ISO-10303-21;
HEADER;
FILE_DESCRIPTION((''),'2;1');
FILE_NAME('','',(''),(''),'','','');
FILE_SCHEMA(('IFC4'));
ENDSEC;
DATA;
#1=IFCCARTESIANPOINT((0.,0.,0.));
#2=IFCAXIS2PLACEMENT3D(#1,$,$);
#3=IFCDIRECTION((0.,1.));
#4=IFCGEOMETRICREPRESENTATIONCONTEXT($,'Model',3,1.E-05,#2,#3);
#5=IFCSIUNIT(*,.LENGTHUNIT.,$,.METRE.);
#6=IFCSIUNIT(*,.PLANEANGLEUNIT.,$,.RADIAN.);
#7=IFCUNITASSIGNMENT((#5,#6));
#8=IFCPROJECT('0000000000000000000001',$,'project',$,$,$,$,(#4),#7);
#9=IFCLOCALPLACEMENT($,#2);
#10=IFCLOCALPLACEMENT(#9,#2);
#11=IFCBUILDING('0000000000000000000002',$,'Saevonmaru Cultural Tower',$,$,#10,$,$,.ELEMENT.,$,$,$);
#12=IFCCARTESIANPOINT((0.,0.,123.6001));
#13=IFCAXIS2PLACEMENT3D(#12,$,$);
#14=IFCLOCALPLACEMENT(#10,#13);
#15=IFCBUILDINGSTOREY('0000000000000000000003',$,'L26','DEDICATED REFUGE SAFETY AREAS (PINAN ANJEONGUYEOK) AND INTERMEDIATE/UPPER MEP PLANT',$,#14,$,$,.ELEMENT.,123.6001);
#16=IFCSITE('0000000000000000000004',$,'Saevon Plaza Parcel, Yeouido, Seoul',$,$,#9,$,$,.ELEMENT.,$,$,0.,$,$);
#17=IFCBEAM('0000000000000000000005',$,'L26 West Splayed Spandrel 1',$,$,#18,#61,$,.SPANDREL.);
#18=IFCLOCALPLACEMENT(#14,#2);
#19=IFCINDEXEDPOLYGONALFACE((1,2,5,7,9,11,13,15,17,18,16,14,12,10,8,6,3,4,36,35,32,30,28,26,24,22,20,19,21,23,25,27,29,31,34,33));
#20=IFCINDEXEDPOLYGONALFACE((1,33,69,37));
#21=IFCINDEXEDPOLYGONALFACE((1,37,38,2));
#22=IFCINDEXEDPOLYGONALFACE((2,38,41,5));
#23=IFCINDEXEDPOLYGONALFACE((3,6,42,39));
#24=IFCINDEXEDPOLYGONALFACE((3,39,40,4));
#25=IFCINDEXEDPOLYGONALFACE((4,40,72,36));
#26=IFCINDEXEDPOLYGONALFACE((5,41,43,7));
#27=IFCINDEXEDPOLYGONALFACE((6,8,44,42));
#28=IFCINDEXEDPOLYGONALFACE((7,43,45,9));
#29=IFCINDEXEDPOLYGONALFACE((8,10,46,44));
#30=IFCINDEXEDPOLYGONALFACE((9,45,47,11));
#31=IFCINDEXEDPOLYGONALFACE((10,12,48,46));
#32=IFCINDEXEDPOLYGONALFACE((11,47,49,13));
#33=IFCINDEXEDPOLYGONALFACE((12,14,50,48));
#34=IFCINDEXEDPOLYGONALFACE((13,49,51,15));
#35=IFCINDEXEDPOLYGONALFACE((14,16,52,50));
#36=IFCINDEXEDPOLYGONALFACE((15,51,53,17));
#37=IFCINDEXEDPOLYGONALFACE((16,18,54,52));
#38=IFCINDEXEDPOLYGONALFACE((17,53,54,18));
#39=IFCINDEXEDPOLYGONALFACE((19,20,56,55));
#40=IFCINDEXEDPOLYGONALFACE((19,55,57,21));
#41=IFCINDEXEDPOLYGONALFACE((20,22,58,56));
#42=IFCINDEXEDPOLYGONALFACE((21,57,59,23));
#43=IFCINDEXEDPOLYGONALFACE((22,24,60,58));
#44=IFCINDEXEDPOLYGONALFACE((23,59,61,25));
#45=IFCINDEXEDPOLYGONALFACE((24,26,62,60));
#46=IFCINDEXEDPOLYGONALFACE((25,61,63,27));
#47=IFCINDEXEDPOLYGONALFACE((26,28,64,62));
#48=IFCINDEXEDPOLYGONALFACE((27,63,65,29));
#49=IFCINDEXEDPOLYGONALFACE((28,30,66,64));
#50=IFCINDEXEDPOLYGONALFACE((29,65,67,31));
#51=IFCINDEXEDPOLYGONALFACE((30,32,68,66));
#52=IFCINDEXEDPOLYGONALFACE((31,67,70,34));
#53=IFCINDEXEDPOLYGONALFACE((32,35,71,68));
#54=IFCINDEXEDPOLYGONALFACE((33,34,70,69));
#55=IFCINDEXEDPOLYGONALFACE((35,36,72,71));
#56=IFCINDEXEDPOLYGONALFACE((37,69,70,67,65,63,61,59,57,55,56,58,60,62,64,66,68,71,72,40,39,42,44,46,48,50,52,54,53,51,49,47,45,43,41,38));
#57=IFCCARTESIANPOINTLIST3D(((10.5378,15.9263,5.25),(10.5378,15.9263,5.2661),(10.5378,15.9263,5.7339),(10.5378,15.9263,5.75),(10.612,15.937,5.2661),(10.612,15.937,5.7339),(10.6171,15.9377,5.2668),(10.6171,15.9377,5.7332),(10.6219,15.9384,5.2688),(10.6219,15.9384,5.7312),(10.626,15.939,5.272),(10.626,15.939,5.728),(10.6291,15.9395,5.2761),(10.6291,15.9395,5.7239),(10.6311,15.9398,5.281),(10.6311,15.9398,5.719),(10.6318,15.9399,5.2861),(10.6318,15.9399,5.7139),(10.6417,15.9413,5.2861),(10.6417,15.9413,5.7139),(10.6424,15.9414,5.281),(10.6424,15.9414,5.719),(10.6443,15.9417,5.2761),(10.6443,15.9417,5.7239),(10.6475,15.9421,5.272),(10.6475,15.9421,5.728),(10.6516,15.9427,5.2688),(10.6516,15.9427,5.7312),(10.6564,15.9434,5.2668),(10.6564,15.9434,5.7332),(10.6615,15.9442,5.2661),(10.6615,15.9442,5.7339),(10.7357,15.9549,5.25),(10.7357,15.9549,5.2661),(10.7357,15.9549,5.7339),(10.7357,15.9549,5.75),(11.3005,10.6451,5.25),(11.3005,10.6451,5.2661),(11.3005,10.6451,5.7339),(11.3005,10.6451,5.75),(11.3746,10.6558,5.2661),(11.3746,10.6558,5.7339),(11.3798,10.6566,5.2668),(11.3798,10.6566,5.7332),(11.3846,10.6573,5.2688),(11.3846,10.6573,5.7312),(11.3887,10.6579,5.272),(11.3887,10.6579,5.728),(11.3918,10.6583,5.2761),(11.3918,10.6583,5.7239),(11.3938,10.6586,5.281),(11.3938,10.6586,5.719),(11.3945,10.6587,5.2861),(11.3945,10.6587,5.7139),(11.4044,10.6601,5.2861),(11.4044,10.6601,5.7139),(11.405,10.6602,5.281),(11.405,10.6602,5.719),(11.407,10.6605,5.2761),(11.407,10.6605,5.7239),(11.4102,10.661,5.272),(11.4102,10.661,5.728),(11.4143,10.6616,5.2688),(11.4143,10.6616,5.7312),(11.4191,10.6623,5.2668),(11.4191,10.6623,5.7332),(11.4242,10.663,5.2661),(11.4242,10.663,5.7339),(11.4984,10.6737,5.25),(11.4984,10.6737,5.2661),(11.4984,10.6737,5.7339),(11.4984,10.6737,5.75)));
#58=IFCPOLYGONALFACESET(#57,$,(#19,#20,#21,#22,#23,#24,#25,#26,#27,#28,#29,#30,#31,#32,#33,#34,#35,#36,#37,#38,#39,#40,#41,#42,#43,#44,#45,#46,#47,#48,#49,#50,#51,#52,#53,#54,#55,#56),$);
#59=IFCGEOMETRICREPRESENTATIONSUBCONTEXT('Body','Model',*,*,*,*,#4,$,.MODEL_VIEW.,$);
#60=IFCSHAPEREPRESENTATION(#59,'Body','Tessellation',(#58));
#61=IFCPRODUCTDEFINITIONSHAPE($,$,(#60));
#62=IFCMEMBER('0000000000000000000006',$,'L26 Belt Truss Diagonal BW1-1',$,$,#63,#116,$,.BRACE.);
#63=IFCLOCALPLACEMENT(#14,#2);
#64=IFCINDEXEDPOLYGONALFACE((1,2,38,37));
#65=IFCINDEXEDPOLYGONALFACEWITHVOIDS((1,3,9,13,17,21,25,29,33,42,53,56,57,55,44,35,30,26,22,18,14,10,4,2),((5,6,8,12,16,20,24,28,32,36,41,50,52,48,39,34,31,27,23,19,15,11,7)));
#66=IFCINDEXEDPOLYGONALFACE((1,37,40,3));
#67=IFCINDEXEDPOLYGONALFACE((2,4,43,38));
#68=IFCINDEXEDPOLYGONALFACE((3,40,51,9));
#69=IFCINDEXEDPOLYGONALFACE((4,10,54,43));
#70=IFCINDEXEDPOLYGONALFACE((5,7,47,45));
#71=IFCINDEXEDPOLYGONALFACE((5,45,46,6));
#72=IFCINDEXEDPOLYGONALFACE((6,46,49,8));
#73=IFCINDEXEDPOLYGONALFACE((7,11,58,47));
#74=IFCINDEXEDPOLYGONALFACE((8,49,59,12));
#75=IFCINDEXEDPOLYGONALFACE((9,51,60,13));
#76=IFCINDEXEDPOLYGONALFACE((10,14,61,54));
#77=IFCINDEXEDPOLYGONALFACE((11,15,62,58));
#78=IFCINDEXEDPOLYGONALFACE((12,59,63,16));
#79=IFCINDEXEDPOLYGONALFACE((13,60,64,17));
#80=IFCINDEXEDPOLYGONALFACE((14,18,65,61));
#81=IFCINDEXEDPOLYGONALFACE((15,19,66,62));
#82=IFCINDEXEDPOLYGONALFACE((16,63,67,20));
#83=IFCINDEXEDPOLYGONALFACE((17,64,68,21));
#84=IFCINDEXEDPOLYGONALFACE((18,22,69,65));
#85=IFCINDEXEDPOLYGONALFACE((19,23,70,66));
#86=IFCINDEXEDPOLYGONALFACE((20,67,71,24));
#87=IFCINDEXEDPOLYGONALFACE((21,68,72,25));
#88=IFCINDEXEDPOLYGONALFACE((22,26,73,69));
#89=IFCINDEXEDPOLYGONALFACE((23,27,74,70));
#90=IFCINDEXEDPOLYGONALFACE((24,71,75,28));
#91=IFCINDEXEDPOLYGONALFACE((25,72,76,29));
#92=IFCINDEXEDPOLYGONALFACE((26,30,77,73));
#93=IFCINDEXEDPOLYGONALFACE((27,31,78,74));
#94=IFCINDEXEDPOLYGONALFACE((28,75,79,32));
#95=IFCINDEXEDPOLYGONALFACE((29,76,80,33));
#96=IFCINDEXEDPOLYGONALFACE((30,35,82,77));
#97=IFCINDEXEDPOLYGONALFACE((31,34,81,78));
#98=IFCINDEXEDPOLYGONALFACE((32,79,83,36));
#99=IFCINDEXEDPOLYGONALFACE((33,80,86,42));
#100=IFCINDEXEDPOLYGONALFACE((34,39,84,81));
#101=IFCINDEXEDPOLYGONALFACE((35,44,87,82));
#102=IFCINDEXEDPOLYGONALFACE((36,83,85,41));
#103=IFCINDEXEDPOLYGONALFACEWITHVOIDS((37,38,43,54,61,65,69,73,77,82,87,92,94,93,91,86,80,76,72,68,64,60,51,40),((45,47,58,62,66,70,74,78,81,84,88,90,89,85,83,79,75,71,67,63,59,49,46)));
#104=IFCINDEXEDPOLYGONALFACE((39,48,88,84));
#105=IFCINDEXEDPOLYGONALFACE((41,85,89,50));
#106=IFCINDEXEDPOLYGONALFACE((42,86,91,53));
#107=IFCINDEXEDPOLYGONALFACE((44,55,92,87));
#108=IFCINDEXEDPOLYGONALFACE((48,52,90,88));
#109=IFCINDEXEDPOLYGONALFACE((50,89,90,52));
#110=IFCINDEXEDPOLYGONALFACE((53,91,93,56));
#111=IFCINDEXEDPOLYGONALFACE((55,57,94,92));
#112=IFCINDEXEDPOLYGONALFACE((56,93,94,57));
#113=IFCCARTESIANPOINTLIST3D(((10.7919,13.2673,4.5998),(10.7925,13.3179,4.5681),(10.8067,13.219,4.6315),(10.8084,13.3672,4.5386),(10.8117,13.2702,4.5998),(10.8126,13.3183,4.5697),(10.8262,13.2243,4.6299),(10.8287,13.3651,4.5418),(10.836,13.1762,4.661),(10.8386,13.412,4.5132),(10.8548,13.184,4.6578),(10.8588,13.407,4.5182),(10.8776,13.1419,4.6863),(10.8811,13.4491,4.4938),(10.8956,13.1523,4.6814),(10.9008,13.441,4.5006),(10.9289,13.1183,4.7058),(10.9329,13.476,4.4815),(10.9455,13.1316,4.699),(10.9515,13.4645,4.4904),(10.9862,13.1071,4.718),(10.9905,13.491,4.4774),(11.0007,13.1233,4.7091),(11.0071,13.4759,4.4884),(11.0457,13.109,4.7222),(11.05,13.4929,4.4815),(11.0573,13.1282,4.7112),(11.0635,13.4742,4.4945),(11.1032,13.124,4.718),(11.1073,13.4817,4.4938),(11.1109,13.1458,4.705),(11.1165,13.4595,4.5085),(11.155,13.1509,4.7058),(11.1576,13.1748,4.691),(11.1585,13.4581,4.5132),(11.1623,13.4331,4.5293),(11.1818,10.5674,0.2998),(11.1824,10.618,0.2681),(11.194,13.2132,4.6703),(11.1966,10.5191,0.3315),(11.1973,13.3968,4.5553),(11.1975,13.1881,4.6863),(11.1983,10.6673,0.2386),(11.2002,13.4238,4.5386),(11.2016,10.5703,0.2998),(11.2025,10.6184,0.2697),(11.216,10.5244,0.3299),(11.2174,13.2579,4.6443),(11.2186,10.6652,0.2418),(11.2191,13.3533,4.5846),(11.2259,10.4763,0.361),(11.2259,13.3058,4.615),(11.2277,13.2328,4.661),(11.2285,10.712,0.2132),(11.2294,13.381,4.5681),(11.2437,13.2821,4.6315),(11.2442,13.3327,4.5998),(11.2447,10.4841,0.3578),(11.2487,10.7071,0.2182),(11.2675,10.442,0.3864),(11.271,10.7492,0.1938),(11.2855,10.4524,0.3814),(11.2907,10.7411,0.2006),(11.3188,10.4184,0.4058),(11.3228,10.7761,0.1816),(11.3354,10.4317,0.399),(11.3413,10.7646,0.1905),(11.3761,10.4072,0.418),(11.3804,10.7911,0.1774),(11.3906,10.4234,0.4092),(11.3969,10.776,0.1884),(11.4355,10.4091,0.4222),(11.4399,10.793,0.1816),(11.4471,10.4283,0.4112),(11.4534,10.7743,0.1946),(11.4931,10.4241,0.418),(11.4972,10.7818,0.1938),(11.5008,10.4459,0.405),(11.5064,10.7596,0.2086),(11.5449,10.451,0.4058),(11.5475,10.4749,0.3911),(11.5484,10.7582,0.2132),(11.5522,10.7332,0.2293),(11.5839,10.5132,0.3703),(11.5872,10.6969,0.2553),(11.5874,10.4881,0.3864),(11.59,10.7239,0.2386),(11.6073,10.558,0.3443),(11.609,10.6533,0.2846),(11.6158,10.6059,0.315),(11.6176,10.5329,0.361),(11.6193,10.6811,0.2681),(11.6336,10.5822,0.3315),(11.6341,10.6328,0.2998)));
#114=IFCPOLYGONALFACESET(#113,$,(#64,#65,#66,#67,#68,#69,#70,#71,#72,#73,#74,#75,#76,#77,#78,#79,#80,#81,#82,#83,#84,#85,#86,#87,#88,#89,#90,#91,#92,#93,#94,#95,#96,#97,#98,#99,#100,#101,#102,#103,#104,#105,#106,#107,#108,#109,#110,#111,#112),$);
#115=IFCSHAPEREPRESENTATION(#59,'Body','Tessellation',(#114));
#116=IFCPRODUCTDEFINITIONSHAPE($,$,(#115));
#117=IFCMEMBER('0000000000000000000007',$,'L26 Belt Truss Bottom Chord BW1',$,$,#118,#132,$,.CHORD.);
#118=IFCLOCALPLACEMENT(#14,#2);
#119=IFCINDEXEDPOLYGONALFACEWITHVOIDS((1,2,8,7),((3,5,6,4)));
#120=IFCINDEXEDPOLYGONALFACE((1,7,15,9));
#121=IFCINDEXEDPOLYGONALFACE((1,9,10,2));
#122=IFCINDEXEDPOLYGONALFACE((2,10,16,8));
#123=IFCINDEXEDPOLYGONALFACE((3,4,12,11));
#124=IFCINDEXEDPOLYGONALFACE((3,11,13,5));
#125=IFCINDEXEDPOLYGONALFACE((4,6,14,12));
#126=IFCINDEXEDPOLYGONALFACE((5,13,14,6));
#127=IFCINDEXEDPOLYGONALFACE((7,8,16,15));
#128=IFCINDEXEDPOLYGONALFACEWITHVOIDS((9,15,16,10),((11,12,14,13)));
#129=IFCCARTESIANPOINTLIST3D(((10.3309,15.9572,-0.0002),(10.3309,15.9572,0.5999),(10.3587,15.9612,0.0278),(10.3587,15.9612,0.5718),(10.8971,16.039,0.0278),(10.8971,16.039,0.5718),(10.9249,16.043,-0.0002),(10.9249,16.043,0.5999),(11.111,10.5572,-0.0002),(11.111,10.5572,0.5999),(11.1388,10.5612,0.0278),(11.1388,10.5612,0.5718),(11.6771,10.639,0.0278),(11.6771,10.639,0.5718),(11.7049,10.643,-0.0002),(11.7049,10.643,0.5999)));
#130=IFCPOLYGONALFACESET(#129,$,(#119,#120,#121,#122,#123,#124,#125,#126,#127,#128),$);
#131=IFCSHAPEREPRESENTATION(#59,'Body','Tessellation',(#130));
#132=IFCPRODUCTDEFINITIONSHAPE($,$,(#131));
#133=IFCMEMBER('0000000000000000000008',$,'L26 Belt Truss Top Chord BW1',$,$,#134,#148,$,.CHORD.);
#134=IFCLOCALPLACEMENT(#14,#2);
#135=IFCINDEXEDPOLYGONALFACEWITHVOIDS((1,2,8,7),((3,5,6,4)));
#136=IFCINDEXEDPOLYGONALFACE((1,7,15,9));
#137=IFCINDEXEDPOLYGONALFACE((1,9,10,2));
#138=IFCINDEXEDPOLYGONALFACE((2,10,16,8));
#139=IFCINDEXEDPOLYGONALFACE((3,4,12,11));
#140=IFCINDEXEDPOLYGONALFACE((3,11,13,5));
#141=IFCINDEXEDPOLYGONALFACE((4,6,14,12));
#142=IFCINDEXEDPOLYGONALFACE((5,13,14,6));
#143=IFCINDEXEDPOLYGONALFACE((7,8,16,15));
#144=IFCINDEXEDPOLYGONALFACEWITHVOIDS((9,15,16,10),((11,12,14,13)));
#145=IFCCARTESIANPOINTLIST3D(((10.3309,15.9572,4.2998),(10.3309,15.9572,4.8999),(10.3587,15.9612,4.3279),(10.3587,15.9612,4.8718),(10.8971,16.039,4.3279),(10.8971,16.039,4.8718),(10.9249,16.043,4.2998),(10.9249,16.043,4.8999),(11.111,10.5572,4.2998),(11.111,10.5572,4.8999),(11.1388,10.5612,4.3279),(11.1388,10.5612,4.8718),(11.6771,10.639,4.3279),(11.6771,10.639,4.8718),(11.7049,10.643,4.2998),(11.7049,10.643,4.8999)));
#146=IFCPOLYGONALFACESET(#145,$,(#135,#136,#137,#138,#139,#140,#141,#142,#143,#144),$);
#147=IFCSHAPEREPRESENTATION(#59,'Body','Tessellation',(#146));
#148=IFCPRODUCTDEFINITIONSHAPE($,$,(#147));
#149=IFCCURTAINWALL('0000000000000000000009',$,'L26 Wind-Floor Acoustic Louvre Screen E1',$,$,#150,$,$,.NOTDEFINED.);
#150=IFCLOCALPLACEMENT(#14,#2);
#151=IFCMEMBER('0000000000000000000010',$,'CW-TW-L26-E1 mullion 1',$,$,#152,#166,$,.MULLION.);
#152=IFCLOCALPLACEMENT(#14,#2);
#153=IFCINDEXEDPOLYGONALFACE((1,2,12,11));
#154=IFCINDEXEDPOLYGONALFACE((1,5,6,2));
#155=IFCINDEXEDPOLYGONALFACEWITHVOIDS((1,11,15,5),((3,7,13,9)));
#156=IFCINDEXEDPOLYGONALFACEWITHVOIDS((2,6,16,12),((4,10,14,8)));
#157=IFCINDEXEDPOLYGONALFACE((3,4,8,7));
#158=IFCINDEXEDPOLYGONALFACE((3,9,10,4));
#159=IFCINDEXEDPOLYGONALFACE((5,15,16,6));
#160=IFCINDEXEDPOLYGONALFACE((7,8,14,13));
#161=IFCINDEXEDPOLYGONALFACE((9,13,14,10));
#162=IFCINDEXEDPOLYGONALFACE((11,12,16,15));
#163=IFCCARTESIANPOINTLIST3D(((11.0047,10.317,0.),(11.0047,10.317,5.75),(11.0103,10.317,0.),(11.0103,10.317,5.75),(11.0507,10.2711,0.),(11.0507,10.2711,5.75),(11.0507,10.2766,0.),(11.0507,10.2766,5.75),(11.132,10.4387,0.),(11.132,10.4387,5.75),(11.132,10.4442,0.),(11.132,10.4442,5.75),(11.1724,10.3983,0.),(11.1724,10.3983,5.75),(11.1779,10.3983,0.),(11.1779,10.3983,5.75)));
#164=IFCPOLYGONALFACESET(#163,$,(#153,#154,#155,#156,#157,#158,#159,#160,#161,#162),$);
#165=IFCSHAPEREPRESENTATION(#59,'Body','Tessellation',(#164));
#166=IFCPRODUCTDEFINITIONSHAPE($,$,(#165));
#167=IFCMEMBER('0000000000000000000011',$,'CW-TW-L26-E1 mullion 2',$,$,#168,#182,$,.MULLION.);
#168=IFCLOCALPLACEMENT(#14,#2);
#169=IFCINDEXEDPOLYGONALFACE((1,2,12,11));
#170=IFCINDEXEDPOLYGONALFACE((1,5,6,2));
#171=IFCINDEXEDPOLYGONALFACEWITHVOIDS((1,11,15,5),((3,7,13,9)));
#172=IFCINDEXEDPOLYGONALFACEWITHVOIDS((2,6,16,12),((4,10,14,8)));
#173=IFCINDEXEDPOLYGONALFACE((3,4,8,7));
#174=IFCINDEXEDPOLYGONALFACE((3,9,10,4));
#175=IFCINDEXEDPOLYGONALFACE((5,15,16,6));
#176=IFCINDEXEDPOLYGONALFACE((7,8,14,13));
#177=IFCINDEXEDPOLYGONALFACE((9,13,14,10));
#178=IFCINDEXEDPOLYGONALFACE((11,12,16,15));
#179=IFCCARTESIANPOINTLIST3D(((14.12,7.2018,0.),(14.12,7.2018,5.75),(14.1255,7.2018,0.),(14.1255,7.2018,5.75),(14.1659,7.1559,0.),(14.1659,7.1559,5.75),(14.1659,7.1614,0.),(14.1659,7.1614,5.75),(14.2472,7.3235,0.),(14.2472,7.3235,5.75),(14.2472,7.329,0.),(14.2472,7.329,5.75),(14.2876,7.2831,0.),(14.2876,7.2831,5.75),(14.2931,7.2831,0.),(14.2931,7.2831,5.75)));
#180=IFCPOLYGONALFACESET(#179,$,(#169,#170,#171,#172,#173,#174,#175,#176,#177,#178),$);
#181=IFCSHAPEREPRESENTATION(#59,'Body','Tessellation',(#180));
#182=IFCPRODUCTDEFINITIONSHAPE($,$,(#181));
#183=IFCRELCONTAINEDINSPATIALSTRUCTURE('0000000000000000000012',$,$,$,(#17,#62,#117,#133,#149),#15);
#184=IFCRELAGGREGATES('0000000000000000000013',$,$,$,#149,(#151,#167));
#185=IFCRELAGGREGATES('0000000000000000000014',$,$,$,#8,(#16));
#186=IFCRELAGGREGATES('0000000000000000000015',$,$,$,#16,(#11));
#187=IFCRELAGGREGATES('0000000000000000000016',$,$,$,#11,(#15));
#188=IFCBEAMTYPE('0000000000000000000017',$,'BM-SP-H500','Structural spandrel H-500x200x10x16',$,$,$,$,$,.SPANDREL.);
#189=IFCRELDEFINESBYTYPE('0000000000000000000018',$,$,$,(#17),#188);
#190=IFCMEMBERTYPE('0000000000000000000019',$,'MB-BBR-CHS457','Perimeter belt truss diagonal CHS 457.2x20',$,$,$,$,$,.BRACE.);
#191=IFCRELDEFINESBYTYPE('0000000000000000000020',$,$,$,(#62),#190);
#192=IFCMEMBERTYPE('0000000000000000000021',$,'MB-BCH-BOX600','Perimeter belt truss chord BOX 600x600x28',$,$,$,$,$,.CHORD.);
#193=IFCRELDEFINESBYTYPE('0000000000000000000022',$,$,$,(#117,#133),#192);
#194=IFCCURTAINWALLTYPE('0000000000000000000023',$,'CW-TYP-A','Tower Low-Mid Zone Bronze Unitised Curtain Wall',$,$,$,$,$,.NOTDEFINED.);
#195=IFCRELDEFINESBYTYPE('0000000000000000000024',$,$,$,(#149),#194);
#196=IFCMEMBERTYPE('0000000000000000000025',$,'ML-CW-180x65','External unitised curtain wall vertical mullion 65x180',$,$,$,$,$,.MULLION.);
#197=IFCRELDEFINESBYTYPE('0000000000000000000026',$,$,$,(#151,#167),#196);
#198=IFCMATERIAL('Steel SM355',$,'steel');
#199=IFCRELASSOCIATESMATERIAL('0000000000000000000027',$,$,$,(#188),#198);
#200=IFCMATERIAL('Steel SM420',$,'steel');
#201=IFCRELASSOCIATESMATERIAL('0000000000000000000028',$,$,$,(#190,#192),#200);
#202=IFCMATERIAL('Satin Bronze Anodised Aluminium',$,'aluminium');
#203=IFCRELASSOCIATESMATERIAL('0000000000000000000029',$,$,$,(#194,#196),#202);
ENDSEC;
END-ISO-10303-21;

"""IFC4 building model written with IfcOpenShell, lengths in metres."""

from ifc_helpers import new_model, si_unit, direction, frame, origin, origin_2d, place, context, subcontext, project, spatial, hollow_rectangle, hollow_circle, i_section, extrude, material, material_profile, profile_set, type_object, element, aggregate, save


model = new_model("IFC4")

# Units and contexts
model_context = context("Model", 3, precision=1e-05, world=origin(), true_north=direction((0.0, 1.0)))
body_context = subcontext(model_context, "Body", "Model", "MODEL_VIEW")
ifc_project = project(units=[si_unit("LENGTHUNIT", "METRE"), si_unit("PLANEANGLEUNIT", "RADIAN")], contexts=[model_context])

# Site, building, storey
site_placement = place(None, origin())
site = spatial("IfcSite", under=ifc_project, at=site_placement, Name="Saevon Plaza Parcel, Yeouido, Seoul", CompositionType="ELEMENT", RefElevation=0.0)
building_placement = place(site_placement, origin())
building = spatial("IfcBuilding", under=site, at=building_placement, Name="Saevonmaru Cultural Tower", CompositionType="ELEMENT")
storey_placement = place(building_placement, frame((0.0, 0.0, 123.6001)))
storey = spatial("IfcBuildingStorey", under=building, at=storey_placement, Name="L26", Description="DEDICATED REFUGE SAFETY AREAS (PINAN ANJEONGUYEOK) AND INTERMEDIATE/UPPER MEP PLANT", CompositionType="ELEMENT", Elevation=123.6001)

# Shared definitions
ifc_material_1 = material(Name="Steel SM420", Category="steel")
ifc_material_2 = material(Name="Steel SM355", Category="steel")

# Beam
ifc_material_profile_1 = material_profile(ifc_material_2, i_section(OverallWidth=0.2, OverallDepth=0.5, WebThickness=0.01, FlangeThickness=0.0161, FilletRadius=0.02, at=origin_2d()), Name="H-500x200x10x16")
ifc_profile_set_1 = profile_set([ifc_material_profile_1], Name="Steel SM355")
beam_type_1 = type_object("IfcBeamType", Name="BM-SP-H500", Description="Structural spandrel H-500x200x10x16", PredefinedType="SPANDREL", material=ifc_profile_set_1)
beam_1_placement = place(storey_placement, frame((11.3994, 10.6594, 5.5), z_axis=(-0.142933, 0.989732, 0.0), x_axis=(-0.989732, -0.142933, 0.0)))
element("IfcBeam", 1, at=beam_1_placement, inside=storey, type_object=beam_type_1, Name="L26 West Splayed Spandrel 1", PredefinedType="SPANDREL", context=body_context, shape_type="SweptSolid", body=[
    extrude(i_section(OverallWidth=0.2, OverallDepth=0.5, WebThickness=0.01, FlangeThickness=0.0161, FilletRadius=0.02, at=origin_2d()), origin(), (0.0, 0.0, 1.0), 5.3359),
])

# Members
ifc_material_profile_2 = material_profile(ifc_material_1, hollow_circle(Radius=0.2285, WallThickness=0.02, at=origin_2d()), Name="CHS-457.2x20")
ifc_profile_set_2 = profile_set([ifc_material_profile_2], Name="Steel SM420")
member_type_1 = type_object("IfcMemberType", Name="MB-BBR-CHS457", Description="Perimeter belt truss diagonal CHS 457.2x20", PredefinedType="BRACE", material=ifc_profile_set_2)
member_1_placement = place(storey_placement, frame((11.408, 10.6001, 0.2998), z_axis=(-0.076564, 0.530196, 0.844411), x_axis=(-0.989734, -0.142925, 0.0)))
element("IfcMember", 2, at=member_1_placement, inside=storey, type_object=member_type_1, Name="L26 Belt Truss Diagonal BW1-1", PredefinedType="BRACE", context=body_context, shape_type="SweptSolid", body=[
    extrude(hollow_circle(Radius=0.2285, WallThickness=0.02, at=origin_2d()), origin(), (0.0, 0.0, 1.0), 5.0923),
])
ifc_material_profile_3 = material_profile(ifc_material_1, hollow_rectangle(XDim=0.6001, YDim=0.6001, WallThickness=0.0281, at=origin_2d()), Name="BOX-600x600x28")
ifc_profile_set_3 = profile_set([ifc_material_profile_3], Name="Steel SM420")
member_type_2 = type_object("IfcMemberType", Name="MB-BCH-BOX600", Description="Perimeter belt truss chord BOX 600x600x28", PredefinedType="CHORD", material=ifc_profile_set_3)
for number, where, z_axis, x_axis, name in (
    (3, (11.408, 10.6001, 0.2998), (-0.142969, 0.989727, 0.0), (-0.989727, -0.142969, 0.0), "L26 Belt Truss Bottom Chord BW1"),
    (4, (11.408, 10.6001, 4.5999), (-0.142969, 0.989727, 0.0), (-0.989727, -0.142969, 0.0), "L26 Belt Truss Top Chord BW1"),
):
    element("IfcMember", number, at=place(storey_placement, frame(where, z_axis=z_axis, x_axis=x_axis)), inside=storey, type_object=member_type_2, Name=name, PredefinedType="CHORD", context=body_context, shape_type="SweptSolid", body=[
        extrude(hollow_rectangle(XDim=0.6001, YDim=0.6001, WallThickness=0.0281, at=origin_2d()), origin(), (0.0, 0.0, 1.0), 5.4561),
    ])

# Curtain wall, members
ifc_material_3 = material(Name="Satin Bronze Anodised Aluminium", Category="aluminium")
curtain_wall_type = type_object("IfcCurtainWallType", Name="CW-TYP-A", Description="Tower Low-Mid Zone Bronze Unitised Curtain Wall", PredefinedType="NOTDEFINED", material=ifc_material_3)
curtain_wall_1_placement = place(storey_placement, origin())
curtain_wall_1 = element("IfcCurtainWall", 5, at=curtain_wall_1_placement, inside=storey, type_object=curtain_wall_type, Name="L26 Wind-Floor Acoustic Louvre Screen E1", PredefinedType="NOTDEFINED")
ifc_material_profile_4 = material_profile(ifc_material_3, hollow_rectangle(XDim=0.0649, YDim=0.1799, WallThickness=0.0039, at=origin_2d()), Name="ALU-MULL-180x65x4")
ifc_profile_set_4 = profile_set([ifc_material_profile_4], Name="Satin Bronze Anodised Aluminium")
member_type_3 = type_object("IfcMemberType", Name="ML-CW-180x65", Description="External unitised curtain wall vertical mullion 65x180", PredefinedType="MULLION", material=ifc_profile_set_4)
member_2_placement = place(storey_placement, frame((11.0913, 10.3577, 0.0), z_axis=(0.0, 0.0, 1.0), x_axis=(0.707107, -0.707107, 0.0)))
member_2 = element("IfcMember", 6, at=member_2_placement, type_object=member_type_3, Name="CW-TW-L26-E1 mullion 1", PredefinedType="MULLION", context=body_context, shape_type="SweptSolid", body=[
    extrude(hollow_rectangle(XDim=0.0649, YDim=0.1799, WallThickness=0.0039, at=origin_2d()), origin(), (0.0, 0.0, 1.0), 5.75),
])
member_3_placement = place(storey_placement, frame((14.2065, 7.2424, 0.0), z_axis=(0.0, 0.0, 1.0), x_axis=(0.707107, -0.707107, 0.0)))
member_3 = element("IfcMember", 7, at=member_3_placement, type_object=member_type_3, Name="CW-TW-L26-E1 mullion 2", PredefinedType="MULLION", context=body_context, shape_type="SweptSolid", body=[
    extrude(hollow_rectangle(XDim=0.0649, YDim=0.1799, WallThickness=0.0039, at=origin_2d()), origin(), (0.0, 0.0, 1.0), 5.75),
])

aggregate(curtain_wall_1, [member_2, member_3])

save(model, "model.ifc")
